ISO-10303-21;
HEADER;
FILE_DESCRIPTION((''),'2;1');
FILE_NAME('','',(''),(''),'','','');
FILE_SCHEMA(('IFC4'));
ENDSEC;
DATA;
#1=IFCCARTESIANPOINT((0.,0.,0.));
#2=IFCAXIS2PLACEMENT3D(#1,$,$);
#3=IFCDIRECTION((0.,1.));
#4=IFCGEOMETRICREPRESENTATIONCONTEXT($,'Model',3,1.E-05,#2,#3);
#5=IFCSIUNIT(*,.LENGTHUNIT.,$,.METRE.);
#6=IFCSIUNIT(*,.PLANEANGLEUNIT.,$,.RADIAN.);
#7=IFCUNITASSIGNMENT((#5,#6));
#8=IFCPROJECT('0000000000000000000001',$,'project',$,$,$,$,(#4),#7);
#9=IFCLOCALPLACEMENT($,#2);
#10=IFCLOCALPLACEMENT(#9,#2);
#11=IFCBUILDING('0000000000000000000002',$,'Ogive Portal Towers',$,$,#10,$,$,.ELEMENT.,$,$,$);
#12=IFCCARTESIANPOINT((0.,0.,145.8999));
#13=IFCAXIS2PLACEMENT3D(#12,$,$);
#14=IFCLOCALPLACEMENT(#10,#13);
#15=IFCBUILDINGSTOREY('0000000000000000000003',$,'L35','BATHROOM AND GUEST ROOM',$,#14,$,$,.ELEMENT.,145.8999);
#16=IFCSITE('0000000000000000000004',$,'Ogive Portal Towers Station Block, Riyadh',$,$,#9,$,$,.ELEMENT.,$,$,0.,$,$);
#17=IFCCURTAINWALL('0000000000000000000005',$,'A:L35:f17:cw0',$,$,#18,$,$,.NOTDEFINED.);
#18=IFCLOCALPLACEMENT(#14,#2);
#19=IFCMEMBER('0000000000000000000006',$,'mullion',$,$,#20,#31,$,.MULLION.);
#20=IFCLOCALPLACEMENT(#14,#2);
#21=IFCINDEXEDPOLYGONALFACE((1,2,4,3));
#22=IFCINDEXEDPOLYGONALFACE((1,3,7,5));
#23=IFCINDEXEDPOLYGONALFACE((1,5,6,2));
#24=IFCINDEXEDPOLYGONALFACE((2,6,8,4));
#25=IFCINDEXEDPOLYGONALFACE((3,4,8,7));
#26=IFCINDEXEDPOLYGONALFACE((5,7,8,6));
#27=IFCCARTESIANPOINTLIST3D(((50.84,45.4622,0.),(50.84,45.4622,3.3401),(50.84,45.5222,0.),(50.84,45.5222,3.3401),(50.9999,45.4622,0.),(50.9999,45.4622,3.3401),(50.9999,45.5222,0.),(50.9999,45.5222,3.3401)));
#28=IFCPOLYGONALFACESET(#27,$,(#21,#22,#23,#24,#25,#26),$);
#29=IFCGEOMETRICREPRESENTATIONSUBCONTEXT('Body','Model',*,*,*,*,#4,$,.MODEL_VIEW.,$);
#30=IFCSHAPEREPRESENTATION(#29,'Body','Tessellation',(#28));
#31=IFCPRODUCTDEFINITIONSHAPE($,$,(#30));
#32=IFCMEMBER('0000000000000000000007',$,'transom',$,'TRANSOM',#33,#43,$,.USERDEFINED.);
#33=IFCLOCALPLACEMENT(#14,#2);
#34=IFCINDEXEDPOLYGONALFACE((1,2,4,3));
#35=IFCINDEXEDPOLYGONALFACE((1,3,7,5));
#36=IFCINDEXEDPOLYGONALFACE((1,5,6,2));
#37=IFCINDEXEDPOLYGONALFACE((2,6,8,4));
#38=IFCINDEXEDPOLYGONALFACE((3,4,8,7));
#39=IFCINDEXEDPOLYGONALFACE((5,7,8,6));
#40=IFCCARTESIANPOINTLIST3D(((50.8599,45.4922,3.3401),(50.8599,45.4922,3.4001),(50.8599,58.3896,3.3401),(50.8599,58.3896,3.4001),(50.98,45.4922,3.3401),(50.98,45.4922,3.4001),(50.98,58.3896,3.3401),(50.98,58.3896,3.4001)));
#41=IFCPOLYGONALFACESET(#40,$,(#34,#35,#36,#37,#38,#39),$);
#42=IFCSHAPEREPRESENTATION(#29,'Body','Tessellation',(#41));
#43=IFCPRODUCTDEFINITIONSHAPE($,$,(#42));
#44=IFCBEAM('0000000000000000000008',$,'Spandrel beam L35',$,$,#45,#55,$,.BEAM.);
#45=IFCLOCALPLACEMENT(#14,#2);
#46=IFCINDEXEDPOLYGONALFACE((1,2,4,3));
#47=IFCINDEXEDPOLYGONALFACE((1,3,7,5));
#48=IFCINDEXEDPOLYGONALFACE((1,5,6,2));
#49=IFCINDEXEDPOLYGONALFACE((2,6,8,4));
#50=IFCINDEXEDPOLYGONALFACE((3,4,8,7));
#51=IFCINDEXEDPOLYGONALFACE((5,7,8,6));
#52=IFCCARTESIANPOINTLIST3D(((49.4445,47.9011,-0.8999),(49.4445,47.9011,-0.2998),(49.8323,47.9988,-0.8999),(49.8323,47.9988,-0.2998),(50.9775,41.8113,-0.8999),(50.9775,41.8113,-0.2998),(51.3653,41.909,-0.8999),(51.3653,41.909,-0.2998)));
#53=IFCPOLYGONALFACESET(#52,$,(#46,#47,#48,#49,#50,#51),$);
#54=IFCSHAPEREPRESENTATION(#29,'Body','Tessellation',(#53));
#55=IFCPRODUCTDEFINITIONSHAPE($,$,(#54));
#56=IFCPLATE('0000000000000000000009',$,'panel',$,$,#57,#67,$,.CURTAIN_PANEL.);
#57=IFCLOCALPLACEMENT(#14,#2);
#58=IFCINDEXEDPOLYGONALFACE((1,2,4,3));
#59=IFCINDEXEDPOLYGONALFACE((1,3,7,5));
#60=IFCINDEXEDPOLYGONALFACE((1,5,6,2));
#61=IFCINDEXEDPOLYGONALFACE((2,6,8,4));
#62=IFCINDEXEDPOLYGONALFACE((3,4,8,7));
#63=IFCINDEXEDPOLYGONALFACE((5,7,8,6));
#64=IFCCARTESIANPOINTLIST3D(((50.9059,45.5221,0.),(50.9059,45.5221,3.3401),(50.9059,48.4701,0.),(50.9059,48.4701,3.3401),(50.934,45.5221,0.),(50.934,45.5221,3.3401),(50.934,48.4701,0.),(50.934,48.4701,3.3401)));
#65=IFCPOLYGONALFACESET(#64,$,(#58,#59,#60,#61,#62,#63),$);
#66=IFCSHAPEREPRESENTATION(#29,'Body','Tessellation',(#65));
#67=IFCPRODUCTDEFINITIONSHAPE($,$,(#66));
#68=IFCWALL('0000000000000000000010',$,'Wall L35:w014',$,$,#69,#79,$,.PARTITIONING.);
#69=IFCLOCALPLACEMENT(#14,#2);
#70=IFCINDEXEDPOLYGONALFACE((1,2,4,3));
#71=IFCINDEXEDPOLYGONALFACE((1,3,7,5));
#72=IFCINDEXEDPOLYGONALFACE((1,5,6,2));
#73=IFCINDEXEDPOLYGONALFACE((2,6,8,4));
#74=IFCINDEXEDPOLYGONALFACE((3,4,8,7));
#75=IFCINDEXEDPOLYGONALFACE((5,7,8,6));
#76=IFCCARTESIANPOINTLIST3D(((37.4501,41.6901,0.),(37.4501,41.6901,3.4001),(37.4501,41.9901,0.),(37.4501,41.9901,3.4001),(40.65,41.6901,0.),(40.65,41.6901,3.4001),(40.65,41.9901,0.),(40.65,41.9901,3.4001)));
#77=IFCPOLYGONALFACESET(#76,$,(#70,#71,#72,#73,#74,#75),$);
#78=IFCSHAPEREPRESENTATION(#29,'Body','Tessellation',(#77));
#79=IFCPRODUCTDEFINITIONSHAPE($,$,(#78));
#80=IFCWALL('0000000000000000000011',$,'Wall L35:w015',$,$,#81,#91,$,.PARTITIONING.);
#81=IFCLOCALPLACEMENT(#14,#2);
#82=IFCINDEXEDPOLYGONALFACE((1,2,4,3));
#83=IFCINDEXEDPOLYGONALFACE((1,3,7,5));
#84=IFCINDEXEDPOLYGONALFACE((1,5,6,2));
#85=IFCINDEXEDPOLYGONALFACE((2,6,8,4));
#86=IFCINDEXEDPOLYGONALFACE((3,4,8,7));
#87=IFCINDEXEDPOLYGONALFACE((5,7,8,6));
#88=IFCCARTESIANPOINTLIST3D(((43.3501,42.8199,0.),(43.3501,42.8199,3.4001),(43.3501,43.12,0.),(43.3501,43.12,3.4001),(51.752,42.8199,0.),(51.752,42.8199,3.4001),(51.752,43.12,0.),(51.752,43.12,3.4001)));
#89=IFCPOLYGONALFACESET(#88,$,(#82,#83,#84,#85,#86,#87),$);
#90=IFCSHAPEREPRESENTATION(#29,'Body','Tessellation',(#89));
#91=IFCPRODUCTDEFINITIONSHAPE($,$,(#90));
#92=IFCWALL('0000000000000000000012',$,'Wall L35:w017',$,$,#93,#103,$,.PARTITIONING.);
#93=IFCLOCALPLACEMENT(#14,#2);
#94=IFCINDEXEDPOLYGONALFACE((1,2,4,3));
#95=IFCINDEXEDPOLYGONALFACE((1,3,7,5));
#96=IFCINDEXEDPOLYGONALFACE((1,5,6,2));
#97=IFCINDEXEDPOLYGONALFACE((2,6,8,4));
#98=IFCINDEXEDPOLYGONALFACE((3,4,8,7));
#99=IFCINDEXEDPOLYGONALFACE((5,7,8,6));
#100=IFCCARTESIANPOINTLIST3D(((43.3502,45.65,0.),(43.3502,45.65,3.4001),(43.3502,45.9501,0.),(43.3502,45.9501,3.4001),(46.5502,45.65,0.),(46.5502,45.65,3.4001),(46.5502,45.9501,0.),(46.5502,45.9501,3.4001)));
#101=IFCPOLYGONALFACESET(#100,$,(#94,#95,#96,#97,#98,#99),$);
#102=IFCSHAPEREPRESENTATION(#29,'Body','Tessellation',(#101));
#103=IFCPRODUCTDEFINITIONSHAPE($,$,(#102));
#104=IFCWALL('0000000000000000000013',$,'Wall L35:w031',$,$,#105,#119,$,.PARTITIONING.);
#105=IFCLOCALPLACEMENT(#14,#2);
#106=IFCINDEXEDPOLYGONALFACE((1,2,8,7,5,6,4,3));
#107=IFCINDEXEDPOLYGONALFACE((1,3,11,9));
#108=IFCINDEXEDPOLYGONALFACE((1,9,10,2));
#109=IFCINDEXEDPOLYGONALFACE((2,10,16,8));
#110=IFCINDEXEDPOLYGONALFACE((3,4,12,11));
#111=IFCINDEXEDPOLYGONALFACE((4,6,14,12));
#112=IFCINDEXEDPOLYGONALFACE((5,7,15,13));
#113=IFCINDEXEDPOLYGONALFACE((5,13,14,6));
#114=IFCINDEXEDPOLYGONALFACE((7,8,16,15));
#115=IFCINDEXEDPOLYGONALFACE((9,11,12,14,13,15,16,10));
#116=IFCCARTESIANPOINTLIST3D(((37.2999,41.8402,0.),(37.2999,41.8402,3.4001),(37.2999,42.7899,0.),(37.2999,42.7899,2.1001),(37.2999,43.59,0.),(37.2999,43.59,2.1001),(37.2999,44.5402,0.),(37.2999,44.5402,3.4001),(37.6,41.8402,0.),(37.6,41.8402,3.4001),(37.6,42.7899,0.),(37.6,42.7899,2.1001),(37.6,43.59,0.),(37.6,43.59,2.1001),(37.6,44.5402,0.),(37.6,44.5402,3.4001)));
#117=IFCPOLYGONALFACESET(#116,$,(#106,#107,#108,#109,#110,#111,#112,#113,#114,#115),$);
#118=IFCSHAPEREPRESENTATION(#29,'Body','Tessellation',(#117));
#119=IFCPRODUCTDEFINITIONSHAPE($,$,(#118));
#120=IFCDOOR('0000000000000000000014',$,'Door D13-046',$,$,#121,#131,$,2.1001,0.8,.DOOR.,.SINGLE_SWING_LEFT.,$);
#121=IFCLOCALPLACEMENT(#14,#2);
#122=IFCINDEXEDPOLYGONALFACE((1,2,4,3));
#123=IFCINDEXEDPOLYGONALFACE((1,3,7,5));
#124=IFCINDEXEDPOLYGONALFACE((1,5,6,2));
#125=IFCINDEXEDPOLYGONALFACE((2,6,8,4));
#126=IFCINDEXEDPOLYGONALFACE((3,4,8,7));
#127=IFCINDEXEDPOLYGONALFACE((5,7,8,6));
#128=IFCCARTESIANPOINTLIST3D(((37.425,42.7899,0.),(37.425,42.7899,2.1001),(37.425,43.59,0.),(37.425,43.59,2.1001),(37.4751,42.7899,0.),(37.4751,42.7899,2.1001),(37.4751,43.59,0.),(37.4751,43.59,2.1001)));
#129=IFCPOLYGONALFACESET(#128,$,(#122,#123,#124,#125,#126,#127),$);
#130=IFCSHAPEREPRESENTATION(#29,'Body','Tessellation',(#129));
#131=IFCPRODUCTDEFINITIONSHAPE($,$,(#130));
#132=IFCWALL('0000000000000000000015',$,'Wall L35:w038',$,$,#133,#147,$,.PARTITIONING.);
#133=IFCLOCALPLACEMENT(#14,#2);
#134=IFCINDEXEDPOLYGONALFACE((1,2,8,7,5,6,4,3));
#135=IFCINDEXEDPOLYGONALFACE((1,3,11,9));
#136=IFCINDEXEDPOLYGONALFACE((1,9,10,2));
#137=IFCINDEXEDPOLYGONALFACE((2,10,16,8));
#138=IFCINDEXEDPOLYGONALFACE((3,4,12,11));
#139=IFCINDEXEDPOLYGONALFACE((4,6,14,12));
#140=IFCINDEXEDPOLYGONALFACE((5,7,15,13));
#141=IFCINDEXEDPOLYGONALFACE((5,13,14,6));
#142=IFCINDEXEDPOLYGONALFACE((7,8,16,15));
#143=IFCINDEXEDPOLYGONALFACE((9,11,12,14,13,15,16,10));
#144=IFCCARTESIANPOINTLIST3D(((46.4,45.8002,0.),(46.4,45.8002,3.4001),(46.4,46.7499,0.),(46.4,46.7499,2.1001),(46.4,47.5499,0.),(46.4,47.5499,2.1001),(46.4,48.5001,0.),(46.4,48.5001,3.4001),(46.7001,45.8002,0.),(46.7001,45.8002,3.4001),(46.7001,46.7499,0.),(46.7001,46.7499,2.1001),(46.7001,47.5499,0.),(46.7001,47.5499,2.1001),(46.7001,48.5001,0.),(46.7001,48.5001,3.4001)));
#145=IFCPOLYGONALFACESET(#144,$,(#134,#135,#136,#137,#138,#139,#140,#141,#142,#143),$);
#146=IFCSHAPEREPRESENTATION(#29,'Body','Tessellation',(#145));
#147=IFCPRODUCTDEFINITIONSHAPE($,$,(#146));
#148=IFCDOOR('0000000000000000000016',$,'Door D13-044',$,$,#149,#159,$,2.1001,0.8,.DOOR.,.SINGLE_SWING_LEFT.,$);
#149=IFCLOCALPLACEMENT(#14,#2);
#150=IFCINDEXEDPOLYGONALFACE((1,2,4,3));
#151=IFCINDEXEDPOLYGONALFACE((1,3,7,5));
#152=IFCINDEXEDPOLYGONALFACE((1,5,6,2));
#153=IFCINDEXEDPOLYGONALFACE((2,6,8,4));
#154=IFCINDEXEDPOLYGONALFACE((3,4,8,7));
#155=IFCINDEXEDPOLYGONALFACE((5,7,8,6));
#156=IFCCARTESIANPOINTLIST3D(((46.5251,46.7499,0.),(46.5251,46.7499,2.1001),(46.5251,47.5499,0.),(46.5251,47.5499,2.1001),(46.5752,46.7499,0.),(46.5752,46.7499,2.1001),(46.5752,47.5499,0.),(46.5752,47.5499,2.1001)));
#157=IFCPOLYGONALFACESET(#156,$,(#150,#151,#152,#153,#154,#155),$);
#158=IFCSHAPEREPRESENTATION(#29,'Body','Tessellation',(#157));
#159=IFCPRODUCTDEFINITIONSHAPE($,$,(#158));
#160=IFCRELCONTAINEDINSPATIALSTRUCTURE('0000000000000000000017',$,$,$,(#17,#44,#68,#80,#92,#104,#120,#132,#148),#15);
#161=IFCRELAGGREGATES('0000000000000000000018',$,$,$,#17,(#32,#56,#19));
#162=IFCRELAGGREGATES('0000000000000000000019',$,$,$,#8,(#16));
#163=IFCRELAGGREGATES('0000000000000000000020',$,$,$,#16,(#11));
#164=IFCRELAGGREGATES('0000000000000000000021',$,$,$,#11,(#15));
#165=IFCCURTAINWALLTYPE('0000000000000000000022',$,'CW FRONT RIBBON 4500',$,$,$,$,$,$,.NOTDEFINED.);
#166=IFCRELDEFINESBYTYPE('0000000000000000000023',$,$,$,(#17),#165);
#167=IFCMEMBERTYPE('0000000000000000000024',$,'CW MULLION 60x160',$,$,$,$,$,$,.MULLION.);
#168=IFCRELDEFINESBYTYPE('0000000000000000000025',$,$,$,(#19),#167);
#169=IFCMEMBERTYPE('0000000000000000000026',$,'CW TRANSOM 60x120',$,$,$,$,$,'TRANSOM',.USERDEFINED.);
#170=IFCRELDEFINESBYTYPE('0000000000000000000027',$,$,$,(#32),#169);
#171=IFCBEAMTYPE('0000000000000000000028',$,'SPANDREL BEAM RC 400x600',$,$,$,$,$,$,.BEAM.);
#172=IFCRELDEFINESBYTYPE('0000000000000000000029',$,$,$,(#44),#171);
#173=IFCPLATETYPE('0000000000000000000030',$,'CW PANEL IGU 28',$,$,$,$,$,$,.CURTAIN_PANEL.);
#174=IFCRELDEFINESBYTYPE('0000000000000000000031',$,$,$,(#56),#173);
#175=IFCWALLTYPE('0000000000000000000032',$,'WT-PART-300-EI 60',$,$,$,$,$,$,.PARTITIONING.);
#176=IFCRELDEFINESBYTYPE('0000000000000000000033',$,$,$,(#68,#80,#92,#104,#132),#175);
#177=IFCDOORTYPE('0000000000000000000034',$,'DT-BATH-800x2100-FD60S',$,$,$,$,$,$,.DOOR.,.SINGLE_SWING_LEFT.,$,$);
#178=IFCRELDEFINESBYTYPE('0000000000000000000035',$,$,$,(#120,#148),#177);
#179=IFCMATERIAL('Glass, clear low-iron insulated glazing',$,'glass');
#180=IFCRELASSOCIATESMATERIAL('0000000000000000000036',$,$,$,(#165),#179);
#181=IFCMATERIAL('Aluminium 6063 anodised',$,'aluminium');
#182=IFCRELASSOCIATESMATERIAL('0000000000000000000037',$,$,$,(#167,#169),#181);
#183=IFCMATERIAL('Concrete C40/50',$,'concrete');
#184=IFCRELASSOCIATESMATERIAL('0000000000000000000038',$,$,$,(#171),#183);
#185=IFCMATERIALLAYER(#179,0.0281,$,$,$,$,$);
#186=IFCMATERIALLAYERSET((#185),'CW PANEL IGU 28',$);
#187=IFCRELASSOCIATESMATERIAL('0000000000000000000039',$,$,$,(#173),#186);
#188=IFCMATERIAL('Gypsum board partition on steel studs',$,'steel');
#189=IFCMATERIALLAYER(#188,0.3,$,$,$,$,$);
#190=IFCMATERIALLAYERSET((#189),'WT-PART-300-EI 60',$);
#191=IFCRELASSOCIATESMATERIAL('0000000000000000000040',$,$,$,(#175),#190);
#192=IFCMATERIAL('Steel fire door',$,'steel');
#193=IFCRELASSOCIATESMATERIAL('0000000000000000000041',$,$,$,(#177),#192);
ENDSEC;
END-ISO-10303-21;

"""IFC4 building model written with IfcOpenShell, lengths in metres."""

from ifc_helpers import new_model, si_unit, direction, frame, frame_2d, origin, origin_2d, place, context, subcontext, project, spatial, rectangle, extrude, material, layer, layer_set, material_profile, profile_set, type_object, element, fill, aggregate, save


model = new_model("IFC4")

# Units and contexts
model_context = context("Model", 3, precision=1e-05, world=origin(), true_north=direction((0.0, 1.0)))
body_context = subcontext(model_context, "Body", "Model", "MODEL_VIEW")
ifc_project = project(units=[si_unit("LENGTHUNIT", "METRE"), si_unit("PLANEANGLEUNIT", "RADIAN")], contexts=[model_context])

# Site, building, storey
site_placement = place(None, origin())
site = spatial("IfcSite", under=ifc_project, at=site_placement, Name="Ogive Portal Towers Station Block, Riyadh", CompositionType="ELEMENT", RefElevation=0.0)
building_placement = place(site_placement, origin())
building = spatial("IfcBuilding", under=site, at=building_placement, Name="Ogive Portal Towers", CompositionType="ELEMENT")
storey_placement = place(building_placement, frame((0.0, 0.0, 145.8999)))
storey = spatial("IfcBuildingStorey", under=building, at=storey_placement, Name="L35", Description="BATHROOM AND GUEST ROOM", CompositionType="ELEMENT", Elevation=145.8999)

# Curtain wall, members
ifc_material_1 = material(Name="Glass, clear low-iron insulated glazing", Category="glass")
curtain_wall_type = type_object("IfcCurtainWallType", Name="CW FRONT RIBBON 4500", PredefinedType="NOTDEFINED", material=ifc_material_1)
curtain_wall_placement = place(storey_placement, origin())
curtain_wall = element("IfcCurtainWall", 1, at=curtain_wall_placement, inside=storey, type_object=curtain_wall_type, Name="A:L35:f17:cw0", PredefinedType="NOTDEFINED")
ifc_material_2 = material(Name="Aluminium 6063 anodised", Category="aluminium")
ifc_material_profile_1 = material_profile(ifc_material_2, rectangle(XDim=0.1599, YDim=0.0601, at=origin_2d()), Name="AL 60x160")
ifc_profile_set_1 = profile_set([ifc_material_profile_1], Name="Aluminium 6063 anodised")
member_type_1 = type_object("IfcMemberType", Name="CW MULLION 60x160", PredefinedType="MULLION", material=ifc_profile_set_1)
member_1_placement = place(storey_placement, frame((50.9199, 45.4922, 0.0), z_axis=(0.0, 0.0, 1.0), x_axis=(-1.0, 0.0, 0.0)))
member_1 = element("IfcMember", 2, at=member_1_placement, type_object=member_type_1, Name="mullion", PredefinedType="MULLION", context=body_context, shape_type="SweptSolid", body=[
    extrude(rectangle(XDim=0.1599, YDim=0.0601, at=origin_2d()), origin(), (0.0, 0.0, 1.0), 3.3401),
])
ifc_material_profile_2 = material_profile(ifc_material_2, rectangle(XDim=0.1201, YDim=0.0601, at=origin_2d()), Name="AL 120x60")
ifc_profile_set_2 = profile_set([ifc_material_profile_2], Name="Aluminium 6063 anodised")
member_type_2 = type_object("IfcMemberType", Name="CW TRANSOM 60x120", ElementType="TRANSOM", PredefinedType="USERDEFINED", material=ifc_profile_set_2)
member_2_placement = place(storey_placement, frame((50.9199, 45.4922, 3.3701), z_axis=(0.0, 1.0, 0.0), x_axis=(-1.0, 0.0, 0.0)))
member_2 = element("IfcMember", 3, at=member_2_placement, type_object=member_type_2, Name="transom", ObjectType="TRANSOM", PredefinedType="USERDEFINED", context=body_context, shape_type="SweptSolid", body=[
    extrude(rectangle(XDim=0.1201, YDim=0.0601, at=origin_2d()), origin(), (0.0, 0.0, 1.0), 12.8975),
])

# Beam
ifc_material_3 = material(Name="Concrete C40/50", Category="concrete")
ifc_material_profile_3 = material_profile(ifc_material_3, rectangle(XDim=0.3999, YDim=0.6001, at=origin_2d()), Name="RC 400x600")
ifc_profile_set_3 = profile_set([ifc_material_profile_3], Name="Concrete C40/50")
beam_type = type_object("IfcBeamType", Name="SPANDREL BEAM RC 400x600", PredefinedType="BEAM", material=ifc_profile_set_3)
beam_placement = place(storey_placement, frame((49.6384, 47.95, -0.5999), z_axis=(0.244109, -0.969748, 0.0), x_axis=(0.969748, 0.244109, 0.0)))
element("IfcBeam", 4, at=beam_placement, inside=storey, type_object=beam_type, Name="Spandrel beam L35", PredefinedType="BEAM", context=body_context, shape_type="SweptSolid", body=[
    extrude(rectangle(XDim=0.3999, YDim=0.6001, at=origin_2d()), origin(), (0.0, 0.0, 1.0), 6.2798),
])

# Plate
ifc_layer_1 = layer(ifc_material_1, 0.0281)
ifc_layer_set_1 = layer_set([ifc_layer_1], Name="CW PANEL IGU 28")
plate_type = type_object("IfcPlateType", Name="CW PANEL IGU 28", PredefinedType="CURTAIN_PANEL", material=ifc_layer_set_1)
plate_placement = place(storey_placement, frame((50.9199, 46.9961, 0.0), z_axis=(0.0, 0.0, 1.0), x_axis=(0.0, 1.0, 0.0)))
plate = element("IfcPlate", 5, at=plate_placement, type_object=plate_type, Name="panel", PredefinedType="CURTAIN_PANEL", context=body_context, shape_type="SweptSolid", body=[
    extrude(rectangle(XDim=2.948, YDim=0.0281, at=origin_2d()), origin(), (0.0, 0.0, 1.0), 3.3401),
])
aggregate(curtain_wall, [member_2, plate, member_1])

# Walls
ifc_material_4 = material(Name="Gypsum board partition on steel studs", Category="steel")
ifc_layer_2 = layer(ifc_material_4, 0.3)
ifc_layer_set_2 = layer_set([ifc_layer_2], Name="WT-PART-300-EI 60")
wall_type = type_object("IfcWallType", Name="WT-PART-300-EI 60", PredefinedType="PARTITIONING", material=ifc_layer_set_2)
wall_1_placement = place(storey_placement, frame((37.45, 41.8401, 0.0), z_axis=(0.0, 0.0, 1.0), x_axis=(1.0, 0.0, 0.0)))
element("IfcWall", 6, at=wall_1_placement, inside=storey, type_object=wall_type, Name="Wall L35:w014", PredefinedType="PARTITIONING", context=body_context, shape_type="SweptSolid", body=[
    extrude(rectangle(XDim=3.2, YDim=0.3, at=frame_2d((1.6001, 0.0))), origin(), (0.0, 0.0, 1.0), 3.4001),
])
wall_2_placement = place(storey_placement, frame((43.3501, 42.97, 0.0), z_axis=(0.0, 0.0, 1.0), x_axis=(1.0, 0.0, 0.0)))
element("IfcWall", 7, at=wall_2_placement, inside=storey, type_object=wall_type, Name="Wall L35:w015", PredefinedType="PARTITIONING", context=body_context, shape_type="SweptSolid", body=[
    extrude(rectangle(XDim=8.4019, YDim=0.3, at=frame_2d((4.2009, 0.0))), origin(), (0.0, 0.0, 1.0), 3.4001),
])
wall_3_placement = place(storey_placement, frame((43.3501, 45.8, 0.0), z_axis=(0.0, 0.0, 1.0), x_axis=(1.0, 0.0, 0.0)))
element("IfcWall", 8, at=wall_3_placement, inside=storey, type_object=wall_type, Name="Wall L35:w017", PredefinedType="PARTITIONING", context=body_context, shape_type="SweptSolid", body=[
    extrude(rectangle(XDim=3.2, YDim=0.3, at=frame_2d((1.6001, 0.0))), origin(), (0.0, 0.0, 1.0), 3.4001),
])

# Walls, openings, doors
wall_4_placement = place(storey_placement, frame((37.45, 41.8401, 0.0), z_axis=(0.0, 0.0, 1.0), x_axis=(0.0, 1.0, 0.0)))
wall_4 = element("IfcWall", 9, at=wall_4_placement, inside=storey, type_object=wall_type, Name="Wall L35:w031", PredefinedType="PARTITIONING", context=body_context, shape_type="SweptSolid", body=[
    extrude(rectangle(XDim=2.7, YDim=0.3, at=frame_2d((1.3501, 0.0))), origin(), (0.0, 0.0, 1.0), 3.4001),
])
opening_1_placement = place(wall_4_placement, frame((0.95, 0.0, 0.0)))
opening_1 = element("IfcOpeningElement", 10, at=opening_1_placement, cuts=wall_4, PredefinedType="OPENING", context=body_context, shape_type="SweptSolid", body=[
    extrude(rectangle(XDim=0.8, YDim=2.1001, at=frame_2d((0.3999, 1.05))), frame((0.0, 0.1602, 0.0), z_axis=(0.0, -1.0, 0.0), x_axis=(1.0, 0.0, 0.0)), (0.0, 0.0, 1.0), 0.3201),
])
ifc_material_5 = material(Name="Steel fire door", Category="steel")
door_type = type_object("IfcDoorType", Name="DT-BATH-800x2100-FD60S", OperationType="SINGLE_SWING_LEFT", PredefinedType="DOOR", material=ifc_material_5)
door_1_placement = place(opening_1_placement, origin())
door_1 = element("IfcDoor", 11, at=door_1_placement, inside=storey, type_object=door_type, Name="Door D13-046", OperationType="SINGLE_SWING_LEFT", OverallHeight=2.1001, OverallWidth=0.8, PredefinedType="DOOR", context=body_context, shape_type="SweptSolid", body=[
    extrude(rectangle(XDim=0.8, YDim=2.1001, at=frame_2d((0.3999, 1.05))), frame((0.0, 0.0249, 0.0), z_axis=(0.0, -1.0, 0.0), x_axis=(1.0, 0.0, 0.0)), (0.0, 0.0, 1.0), 0.05),
])
fill(opening_1, door_1)
wall_5_placement = place(storey_placement, frame((46.55, 45.8, 0.0), z_axis=(0.0, 0.0, 1.0), x_axis=(0.0, 1.0, 0.0)))
wall_5 = element("IfcWall", 12, at=wall_5_placement, inside=storey, type_object=wall_type, Name="Wall L35:w038", PredefinedType="PARTITIONING", context=body_context, shape_type="SweptSolid", body=[
    extrude(rectangle(XDim=2.7, YDim=0.3, at=frame_2d((1.3501, 0.0))), origin(), (0.0, 0.0, 1.0), 3.4001),
])
opening_2_placement = place(wall_5_placement, frame((0.95, 0.0, 0.0)))
opening_2 = element("IfcOpeningElement", 13, at=opening_2_placement, cuts=wall_5, PredefinedType="OPENING", context=body_context, shape_type="SweptSolid", body=[
    extrude(rectangle(XDim=0.8, YDim=2.1001, at=frame_2d((0.3999, 1.05))), frame((0.0, 0.1602, 0.0), z_axis=(0.0, -1.0, 0.0), x_axis=(1.0, 0.0, 0.0)), (0.0, 0.0, 1.0), 0.3201),
])
door_2_placement = place(opening_2_placement, origin())
door_2 = element("IfcDoor", 14, at=door_2_placement, inside=storey, type_object=door_type, Name="Door D13-044", OperationType="SINGLE_SWING_LEFT", OverallHeight=2.1001, OverallWidth=0.8, PredefinedType="DOOR", context=body_context, shape_type="SweptSolid", body=[
    extrude(rectangle(XDim=0.8, YDim=2.1001, at=frame_2d((0.3999, 1.05))), frame((0.0, 0.0249, 0.0), z_axis=(0.0, -1.0, 0.0), x_axis=(1.0, 0.0, 0.0)), (0.0, 0.0, 1.0), 0.05),
])
fill(opening_2, door_2)

save(model, "model.ifc")
